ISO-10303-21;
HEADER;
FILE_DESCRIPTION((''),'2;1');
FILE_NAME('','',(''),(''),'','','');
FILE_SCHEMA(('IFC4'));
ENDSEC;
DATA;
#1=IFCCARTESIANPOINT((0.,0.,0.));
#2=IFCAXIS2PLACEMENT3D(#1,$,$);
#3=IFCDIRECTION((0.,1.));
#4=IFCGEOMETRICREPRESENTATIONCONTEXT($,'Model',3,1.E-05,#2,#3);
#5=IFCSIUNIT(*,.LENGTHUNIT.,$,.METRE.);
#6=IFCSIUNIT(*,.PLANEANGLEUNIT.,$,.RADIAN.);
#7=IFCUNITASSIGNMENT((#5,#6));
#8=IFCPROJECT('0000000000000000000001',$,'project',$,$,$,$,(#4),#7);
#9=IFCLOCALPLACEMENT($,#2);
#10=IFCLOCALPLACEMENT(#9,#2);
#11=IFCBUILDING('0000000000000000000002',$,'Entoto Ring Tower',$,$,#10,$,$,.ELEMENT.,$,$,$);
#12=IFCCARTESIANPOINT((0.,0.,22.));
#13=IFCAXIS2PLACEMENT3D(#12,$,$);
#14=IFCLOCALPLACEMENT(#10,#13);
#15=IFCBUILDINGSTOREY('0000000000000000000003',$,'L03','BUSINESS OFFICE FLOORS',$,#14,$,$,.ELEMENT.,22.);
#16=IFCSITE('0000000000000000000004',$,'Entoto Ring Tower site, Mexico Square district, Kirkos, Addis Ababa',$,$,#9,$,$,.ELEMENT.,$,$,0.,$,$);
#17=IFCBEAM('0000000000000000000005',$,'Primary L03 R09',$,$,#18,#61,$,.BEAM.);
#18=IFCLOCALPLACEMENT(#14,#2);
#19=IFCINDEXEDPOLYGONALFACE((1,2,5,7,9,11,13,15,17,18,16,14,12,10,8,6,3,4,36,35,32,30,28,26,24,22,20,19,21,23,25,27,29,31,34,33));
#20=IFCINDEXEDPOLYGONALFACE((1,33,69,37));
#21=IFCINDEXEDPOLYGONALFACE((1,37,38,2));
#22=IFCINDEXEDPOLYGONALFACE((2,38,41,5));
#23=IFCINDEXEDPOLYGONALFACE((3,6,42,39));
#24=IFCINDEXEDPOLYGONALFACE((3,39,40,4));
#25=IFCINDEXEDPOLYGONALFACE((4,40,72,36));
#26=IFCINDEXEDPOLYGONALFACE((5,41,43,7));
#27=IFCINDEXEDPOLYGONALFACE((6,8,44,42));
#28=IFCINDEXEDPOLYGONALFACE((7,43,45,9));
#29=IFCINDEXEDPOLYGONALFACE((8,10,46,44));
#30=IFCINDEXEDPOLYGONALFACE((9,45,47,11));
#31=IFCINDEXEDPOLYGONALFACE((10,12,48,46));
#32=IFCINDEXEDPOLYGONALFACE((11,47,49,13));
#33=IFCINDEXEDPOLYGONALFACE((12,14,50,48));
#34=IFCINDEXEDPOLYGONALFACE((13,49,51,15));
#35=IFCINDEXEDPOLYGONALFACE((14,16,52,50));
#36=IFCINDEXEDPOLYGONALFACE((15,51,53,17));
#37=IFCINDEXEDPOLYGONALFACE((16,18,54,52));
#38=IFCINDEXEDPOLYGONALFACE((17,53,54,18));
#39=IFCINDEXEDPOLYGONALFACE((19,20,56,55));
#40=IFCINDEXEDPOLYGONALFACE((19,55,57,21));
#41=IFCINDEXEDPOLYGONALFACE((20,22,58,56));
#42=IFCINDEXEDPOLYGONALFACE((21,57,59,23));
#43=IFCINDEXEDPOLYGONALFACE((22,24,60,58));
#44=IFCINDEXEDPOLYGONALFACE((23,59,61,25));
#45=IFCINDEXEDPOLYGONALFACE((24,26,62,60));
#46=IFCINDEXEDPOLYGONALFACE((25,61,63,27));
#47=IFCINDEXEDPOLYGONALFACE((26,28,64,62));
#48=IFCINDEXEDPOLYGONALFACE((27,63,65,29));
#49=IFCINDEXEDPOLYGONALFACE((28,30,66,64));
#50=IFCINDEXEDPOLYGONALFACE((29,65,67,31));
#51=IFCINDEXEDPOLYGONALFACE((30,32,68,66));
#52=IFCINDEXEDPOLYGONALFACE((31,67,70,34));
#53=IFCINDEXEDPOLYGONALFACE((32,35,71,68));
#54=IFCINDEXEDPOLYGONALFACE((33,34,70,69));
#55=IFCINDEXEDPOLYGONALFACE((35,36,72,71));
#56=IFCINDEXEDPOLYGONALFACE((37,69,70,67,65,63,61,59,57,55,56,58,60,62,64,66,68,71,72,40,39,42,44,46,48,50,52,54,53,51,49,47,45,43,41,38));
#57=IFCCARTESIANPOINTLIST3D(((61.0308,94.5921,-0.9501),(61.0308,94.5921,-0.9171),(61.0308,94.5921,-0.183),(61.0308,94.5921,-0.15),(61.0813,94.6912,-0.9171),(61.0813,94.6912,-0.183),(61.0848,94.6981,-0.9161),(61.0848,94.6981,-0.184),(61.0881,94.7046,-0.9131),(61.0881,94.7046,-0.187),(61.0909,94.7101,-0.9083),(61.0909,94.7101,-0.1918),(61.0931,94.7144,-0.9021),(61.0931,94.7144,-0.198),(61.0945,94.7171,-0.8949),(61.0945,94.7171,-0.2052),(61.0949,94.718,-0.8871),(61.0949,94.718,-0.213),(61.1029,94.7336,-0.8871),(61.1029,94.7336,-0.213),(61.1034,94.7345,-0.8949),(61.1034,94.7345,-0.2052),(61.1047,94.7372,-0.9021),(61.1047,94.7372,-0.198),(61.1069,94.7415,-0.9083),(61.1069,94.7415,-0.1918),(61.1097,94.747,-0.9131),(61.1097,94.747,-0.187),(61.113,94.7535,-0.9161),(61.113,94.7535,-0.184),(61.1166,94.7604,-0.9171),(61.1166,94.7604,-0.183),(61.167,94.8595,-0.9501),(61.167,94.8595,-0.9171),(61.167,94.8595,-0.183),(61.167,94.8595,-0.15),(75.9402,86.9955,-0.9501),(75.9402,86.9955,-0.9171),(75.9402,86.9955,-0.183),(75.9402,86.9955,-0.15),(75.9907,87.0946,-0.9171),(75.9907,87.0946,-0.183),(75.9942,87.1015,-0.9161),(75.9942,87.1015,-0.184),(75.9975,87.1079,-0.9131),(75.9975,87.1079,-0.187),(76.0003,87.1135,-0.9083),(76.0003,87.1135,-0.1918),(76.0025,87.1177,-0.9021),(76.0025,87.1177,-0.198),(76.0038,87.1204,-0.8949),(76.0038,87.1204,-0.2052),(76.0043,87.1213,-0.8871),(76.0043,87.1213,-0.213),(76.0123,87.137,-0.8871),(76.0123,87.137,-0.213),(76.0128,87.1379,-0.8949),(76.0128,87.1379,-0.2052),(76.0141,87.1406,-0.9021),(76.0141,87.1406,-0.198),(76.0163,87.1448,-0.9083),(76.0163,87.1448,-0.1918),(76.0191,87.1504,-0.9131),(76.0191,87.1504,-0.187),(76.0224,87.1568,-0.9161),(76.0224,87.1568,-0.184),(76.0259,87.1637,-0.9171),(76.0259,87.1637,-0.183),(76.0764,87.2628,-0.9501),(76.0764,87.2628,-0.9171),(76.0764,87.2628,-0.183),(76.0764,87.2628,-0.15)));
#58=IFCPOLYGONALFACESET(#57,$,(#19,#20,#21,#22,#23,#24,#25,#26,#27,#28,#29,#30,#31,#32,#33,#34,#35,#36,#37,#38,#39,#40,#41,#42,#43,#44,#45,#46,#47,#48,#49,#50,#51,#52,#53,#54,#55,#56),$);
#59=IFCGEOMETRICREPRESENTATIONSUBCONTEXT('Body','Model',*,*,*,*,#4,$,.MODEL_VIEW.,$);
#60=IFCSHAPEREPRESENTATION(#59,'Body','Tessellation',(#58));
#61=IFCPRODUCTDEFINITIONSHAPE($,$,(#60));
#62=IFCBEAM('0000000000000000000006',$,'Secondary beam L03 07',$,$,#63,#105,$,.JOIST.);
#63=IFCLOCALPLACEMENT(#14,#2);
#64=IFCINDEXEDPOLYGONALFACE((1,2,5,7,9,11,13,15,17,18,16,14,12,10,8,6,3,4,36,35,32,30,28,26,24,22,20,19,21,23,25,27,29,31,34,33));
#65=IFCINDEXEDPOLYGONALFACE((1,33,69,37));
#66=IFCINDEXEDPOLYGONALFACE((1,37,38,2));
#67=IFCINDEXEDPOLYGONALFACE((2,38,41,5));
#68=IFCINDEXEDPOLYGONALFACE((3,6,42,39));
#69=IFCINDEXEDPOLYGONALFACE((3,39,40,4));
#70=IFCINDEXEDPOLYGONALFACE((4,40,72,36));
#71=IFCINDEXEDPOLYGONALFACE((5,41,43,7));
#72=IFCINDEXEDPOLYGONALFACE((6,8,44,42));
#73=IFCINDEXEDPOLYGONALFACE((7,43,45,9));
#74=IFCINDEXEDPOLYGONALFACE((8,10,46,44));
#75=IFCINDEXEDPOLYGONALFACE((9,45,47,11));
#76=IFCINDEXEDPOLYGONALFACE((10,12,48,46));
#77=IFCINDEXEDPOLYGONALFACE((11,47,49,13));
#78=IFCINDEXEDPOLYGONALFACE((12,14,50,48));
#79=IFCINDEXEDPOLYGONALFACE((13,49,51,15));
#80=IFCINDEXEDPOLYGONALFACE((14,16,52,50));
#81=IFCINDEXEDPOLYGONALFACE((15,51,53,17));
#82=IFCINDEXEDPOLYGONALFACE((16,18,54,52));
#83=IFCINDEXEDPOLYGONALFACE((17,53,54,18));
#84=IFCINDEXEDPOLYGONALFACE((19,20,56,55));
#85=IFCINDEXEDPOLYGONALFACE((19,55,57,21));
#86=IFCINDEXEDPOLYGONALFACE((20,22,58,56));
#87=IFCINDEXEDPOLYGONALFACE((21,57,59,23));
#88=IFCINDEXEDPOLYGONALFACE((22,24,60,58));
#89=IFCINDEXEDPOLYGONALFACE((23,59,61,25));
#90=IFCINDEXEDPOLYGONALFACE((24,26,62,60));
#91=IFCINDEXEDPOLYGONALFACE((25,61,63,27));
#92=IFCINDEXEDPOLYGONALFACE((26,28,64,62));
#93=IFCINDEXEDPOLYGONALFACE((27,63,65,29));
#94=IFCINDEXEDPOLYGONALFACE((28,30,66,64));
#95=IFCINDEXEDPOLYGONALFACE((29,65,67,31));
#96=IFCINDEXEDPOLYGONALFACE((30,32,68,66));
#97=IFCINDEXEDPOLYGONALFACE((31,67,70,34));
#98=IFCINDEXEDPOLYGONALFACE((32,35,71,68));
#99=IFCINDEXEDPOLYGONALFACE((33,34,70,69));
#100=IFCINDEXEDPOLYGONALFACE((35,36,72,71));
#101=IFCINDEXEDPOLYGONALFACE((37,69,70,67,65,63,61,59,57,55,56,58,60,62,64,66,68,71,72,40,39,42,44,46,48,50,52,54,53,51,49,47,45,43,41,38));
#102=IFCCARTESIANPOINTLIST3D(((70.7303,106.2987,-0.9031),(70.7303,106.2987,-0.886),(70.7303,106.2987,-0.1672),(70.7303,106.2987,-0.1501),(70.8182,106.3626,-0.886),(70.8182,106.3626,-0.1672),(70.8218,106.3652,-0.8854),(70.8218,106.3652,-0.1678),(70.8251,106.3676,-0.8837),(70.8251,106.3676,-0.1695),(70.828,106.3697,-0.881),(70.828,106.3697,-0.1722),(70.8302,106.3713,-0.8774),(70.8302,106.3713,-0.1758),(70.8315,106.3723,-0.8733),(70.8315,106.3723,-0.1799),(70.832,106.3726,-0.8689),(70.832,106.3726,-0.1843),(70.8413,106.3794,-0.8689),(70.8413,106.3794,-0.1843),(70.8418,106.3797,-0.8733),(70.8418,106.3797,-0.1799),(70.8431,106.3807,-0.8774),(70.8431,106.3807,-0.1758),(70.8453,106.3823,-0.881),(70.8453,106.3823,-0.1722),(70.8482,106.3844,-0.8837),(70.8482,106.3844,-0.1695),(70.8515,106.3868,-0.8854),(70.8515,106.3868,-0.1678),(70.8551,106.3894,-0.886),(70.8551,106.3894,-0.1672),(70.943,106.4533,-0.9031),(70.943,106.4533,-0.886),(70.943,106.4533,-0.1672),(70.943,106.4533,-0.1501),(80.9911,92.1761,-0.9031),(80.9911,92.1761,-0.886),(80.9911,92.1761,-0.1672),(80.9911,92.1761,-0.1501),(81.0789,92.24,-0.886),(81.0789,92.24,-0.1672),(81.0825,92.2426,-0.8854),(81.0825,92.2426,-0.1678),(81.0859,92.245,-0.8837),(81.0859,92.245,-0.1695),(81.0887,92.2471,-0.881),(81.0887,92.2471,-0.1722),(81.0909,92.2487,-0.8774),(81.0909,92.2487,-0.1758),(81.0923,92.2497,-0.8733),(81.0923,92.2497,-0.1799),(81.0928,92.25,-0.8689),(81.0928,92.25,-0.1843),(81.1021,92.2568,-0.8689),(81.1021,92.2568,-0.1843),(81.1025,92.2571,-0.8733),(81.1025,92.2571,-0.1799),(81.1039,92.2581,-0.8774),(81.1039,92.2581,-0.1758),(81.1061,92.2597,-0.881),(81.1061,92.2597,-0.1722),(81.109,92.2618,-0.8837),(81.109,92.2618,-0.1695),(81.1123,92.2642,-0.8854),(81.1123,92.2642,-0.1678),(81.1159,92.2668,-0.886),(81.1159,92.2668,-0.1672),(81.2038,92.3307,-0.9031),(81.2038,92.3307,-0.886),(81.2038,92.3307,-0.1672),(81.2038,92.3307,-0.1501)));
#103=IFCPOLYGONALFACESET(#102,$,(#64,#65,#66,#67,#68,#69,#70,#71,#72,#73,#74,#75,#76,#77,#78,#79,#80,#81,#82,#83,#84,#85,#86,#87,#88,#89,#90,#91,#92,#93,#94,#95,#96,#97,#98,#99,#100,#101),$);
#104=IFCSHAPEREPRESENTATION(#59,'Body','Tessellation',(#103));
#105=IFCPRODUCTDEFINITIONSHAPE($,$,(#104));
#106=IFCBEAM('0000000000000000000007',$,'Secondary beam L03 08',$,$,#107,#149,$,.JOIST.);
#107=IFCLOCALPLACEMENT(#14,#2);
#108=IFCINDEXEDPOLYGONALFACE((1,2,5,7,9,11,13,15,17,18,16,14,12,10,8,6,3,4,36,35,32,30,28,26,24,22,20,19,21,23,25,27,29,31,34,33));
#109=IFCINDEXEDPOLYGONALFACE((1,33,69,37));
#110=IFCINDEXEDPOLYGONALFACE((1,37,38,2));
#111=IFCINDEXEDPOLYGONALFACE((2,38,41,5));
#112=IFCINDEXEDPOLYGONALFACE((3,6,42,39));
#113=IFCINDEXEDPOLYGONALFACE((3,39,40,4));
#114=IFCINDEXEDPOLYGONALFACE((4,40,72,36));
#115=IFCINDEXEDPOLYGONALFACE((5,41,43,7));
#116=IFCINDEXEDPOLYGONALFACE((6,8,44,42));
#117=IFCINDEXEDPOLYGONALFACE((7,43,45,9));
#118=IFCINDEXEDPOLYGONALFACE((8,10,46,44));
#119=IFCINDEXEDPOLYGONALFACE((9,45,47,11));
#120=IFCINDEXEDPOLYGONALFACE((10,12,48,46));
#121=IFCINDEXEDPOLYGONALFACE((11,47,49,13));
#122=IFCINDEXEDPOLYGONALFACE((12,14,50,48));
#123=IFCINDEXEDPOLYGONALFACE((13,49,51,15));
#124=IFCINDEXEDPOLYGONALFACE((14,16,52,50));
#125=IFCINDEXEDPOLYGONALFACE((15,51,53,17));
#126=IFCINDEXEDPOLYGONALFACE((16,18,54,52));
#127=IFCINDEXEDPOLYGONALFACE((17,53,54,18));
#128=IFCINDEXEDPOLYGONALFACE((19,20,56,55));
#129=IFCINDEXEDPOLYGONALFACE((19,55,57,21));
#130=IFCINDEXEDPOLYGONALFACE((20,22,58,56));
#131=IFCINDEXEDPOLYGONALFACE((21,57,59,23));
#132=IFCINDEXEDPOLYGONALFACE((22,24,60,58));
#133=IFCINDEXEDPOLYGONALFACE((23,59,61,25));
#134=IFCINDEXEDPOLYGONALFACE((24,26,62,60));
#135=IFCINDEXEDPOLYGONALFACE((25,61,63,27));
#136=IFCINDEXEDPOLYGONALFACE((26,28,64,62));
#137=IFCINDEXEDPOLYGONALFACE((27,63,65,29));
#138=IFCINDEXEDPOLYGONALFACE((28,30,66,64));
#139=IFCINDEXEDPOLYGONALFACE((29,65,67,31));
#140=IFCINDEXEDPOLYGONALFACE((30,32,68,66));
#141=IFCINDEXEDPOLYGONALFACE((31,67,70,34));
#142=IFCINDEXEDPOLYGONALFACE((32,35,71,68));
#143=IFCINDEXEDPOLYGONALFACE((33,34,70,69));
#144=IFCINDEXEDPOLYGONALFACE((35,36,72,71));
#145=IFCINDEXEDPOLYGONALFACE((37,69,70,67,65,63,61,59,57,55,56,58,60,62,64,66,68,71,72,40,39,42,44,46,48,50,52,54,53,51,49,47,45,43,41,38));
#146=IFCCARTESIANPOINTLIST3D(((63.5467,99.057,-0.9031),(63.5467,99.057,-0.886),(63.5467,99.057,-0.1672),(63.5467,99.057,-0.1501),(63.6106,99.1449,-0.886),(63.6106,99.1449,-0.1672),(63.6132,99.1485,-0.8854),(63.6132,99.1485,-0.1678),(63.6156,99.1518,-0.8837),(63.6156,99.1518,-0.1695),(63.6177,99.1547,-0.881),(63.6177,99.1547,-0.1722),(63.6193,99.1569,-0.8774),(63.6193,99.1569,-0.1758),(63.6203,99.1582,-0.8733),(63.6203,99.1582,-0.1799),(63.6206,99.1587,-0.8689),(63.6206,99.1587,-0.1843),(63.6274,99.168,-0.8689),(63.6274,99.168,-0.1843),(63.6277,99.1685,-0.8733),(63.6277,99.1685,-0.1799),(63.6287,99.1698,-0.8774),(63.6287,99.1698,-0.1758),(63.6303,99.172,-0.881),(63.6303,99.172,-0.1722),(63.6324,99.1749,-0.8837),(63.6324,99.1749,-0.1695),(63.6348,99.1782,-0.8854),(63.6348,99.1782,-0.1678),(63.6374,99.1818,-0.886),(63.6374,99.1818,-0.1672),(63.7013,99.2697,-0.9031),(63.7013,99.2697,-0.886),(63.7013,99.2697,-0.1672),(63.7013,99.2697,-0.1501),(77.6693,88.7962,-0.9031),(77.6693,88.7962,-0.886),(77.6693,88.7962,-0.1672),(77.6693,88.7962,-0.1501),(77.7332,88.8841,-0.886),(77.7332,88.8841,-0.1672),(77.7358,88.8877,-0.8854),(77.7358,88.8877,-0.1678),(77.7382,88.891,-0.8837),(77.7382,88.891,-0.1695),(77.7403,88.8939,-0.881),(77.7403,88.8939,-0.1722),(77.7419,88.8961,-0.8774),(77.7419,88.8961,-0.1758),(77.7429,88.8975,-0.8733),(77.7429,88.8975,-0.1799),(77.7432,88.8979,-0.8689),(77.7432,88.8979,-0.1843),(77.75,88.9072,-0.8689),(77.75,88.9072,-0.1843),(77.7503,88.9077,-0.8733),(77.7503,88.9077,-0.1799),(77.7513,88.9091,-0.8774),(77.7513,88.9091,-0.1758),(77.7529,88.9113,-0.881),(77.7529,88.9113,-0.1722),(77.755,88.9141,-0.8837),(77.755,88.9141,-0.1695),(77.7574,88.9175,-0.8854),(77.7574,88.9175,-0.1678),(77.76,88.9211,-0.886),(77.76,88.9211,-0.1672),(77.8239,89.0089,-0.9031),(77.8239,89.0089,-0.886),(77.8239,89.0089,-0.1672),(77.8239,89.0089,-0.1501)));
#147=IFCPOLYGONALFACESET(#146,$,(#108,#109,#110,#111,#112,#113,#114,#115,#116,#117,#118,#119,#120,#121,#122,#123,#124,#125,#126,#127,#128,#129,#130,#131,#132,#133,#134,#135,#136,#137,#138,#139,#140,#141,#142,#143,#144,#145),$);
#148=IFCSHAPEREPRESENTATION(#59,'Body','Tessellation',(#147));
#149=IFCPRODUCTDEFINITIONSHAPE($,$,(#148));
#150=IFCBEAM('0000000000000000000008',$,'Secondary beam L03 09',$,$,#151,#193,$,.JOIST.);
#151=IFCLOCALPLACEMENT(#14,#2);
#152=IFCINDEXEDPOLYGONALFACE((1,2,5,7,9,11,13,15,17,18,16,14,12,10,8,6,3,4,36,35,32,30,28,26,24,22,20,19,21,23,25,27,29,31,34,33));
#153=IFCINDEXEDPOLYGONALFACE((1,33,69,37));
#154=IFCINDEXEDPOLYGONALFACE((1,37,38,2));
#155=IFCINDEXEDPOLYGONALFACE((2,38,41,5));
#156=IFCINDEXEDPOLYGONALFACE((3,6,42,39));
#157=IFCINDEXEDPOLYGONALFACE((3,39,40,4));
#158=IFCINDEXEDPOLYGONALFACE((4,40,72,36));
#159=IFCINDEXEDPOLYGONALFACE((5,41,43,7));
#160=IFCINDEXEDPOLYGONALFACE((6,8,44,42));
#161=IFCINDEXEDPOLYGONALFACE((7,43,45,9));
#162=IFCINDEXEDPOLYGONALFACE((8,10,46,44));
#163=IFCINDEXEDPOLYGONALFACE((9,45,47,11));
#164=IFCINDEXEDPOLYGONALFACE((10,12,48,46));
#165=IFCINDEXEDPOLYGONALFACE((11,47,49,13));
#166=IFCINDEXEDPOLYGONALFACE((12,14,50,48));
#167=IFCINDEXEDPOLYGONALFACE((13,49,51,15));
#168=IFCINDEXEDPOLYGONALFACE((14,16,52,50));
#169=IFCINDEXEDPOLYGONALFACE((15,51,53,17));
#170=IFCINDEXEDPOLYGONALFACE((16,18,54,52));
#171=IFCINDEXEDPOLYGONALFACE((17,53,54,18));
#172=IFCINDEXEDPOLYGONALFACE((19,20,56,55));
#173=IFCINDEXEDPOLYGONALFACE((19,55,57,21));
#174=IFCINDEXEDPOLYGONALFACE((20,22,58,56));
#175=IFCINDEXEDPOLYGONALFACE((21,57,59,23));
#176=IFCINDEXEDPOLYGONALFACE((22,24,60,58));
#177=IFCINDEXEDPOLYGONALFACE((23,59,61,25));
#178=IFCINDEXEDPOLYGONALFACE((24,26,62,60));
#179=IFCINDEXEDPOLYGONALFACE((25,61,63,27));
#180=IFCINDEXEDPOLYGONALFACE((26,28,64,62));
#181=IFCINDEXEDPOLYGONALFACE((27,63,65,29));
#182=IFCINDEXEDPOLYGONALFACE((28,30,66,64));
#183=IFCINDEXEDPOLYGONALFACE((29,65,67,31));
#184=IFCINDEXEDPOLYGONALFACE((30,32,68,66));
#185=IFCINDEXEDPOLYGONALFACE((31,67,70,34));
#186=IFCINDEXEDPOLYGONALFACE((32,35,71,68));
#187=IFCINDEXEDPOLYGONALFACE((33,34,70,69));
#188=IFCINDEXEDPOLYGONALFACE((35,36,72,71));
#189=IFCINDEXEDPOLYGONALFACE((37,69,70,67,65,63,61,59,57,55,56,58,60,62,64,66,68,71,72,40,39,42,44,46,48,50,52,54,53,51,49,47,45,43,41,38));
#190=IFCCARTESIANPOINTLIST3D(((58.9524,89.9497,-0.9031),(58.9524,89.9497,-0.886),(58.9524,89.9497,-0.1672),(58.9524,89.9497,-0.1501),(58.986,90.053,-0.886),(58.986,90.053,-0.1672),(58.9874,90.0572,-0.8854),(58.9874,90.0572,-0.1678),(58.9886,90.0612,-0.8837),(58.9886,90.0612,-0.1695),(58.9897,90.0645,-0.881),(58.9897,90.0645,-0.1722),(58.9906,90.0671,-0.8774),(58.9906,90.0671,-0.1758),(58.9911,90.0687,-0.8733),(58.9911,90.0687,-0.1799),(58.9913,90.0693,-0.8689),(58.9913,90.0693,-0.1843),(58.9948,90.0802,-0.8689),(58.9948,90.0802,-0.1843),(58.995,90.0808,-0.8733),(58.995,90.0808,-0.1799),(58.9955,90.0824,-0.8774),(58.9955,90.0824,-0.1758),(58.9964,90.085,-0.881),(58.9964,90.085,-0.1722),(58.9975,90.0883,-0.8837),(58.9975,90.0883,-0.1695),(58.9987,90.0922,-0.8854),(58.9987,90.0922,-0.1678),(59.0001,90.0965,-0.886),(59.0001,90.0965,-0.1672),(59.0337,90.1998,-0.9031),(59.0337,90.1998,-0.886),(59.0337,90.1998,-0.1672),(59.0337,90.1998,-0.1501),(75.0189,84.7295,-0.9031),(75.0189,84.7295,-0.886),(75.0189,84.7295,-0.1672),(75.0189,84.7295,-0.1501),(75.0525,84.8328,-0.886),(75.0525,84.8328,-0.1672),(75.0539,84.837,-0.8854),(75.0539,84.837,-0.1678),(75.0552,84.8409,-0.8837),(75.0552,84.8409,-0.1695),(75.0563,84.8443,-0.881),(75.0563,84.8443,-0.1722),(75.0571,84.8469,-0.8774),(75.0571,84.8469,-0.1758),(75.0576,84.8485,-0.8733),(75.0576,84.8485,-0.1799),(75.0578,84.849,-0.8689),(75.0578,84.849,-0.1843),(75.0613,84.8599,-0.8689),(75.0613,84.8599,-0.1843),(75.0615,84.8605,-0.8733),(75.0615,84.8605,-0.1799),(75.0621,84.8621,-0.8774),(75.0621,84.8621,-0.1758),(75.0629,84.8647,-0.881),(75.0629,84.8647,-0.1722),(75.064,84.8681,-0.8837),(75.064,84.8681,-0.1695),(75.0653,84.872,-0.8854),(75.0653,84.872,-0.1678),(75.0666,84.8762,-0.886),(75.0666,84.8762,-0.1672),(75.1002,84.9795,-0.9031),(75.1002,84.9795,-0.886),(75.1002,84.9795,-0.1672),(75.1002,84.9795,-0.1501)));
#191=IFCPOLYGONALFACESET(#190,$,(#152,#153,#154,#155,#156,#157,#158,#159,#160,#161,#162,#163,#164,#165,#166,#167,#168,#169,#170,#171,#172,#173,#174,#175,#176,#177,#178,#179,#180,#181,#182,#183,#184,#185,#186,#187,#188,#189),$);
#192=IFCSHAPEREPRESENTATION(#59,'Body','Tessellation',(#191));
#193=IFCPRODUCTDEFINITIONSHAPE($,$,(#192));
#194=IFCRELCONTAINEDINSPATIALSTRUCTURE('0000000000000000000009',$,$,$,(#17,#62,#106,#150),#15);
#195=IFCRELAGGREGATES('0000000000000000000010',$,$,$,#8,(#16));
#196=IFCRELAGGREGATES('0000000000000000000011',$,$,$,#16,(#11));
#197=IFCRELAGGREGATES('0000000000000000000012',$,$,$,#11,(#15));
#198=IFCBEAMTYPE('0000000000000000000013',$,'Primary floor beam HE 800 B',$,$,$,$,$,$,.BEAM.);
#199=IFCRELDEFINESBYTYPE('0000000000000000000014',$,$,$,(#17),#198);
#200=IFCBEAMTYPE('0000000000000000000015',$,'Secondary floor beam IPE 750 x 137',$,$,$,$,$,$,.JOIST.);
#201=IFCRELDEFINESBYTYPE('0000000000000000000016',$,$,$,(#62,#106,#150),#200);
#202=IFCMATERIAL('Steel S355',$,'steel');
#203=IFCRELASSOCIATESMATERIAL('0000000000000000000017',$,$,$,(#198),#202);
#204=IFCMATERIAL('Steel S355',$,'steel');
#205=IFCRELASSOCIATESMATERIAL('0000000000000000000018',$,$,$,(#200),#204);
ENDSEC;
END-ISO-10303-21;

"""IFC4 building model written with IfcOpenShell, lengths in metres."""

from ifc_helpers import new_model, si_unit, direction, frame, origin, origin_2d, place, context, subcontext, project, spatial, i_section, extrude, material, material_profile, profile_set, type_object, element, save


model = new_model("IFC4")

# Units and contexts
model_context = context("Model", 3, precision=1e-05, world=origin(), true_north=direction((0.0, 1.0)))
body_context = subcontext(model_context, "Body", "Model", "MODEL_VIEW")
ifc_project = project(units=[si_unit("LENGTHUNIT", "METRE"), si_unit("PLANEANGLEUNIT", "RADIAN")], contexts=[model_context])

# Site, building, storey
site_placement = place(None, origin())
site = spatial("IfcSite", under=ifc_project, at=site_placement, Name="Entoto Ring Tower site, Mexico Square district, Kirkos, Addis Ababa", CompositionType="ELEMENT", RefElevation=0.0)
building_placement = place(site_placement, origin())
building = spatial("IfcBuilding", under=site, at=building_placement, Name="Entoto Ring Tower", CompositionType="ELEMENT")
storey_placement = place(building_placement, frame((0.0, 0.0, 22.0)))
storey = spatial("IfcBuildingStorey", under=building, at=storey_placement, Name="L03", Description="BUSINESS OFFICE FLOORS", CompositionType="ELEMENT", Elevation=22.0)

# Beams
ifc_material_1 = material(Name="Steel S355", Category="steel")
ifc_material_profile_1 = material_profile(ifc_material_1, i_section(OverallWidth=0.3, OverallDepth=0.8, WebThickness=0.0176, FlangeThickness=0.033, FilletRadius=0.03, at=origin_2d()), Name="HE 800 B")
ifc_profile_set_1 = profile_set([ifc_material_profile_1], Name="Steel S355")
beam_type_1 = type_object("IfcBeamType", Name="Primary floor beam HE 800 B", PredefinedType="BEAM", material=ifc_profile_set_1)
beam_1_placement = place(storey_placement, frame((76.0083, 87.1292, -0.55), z_axis=(-0.891008, 0.453988, 0.0), x_axis=(-0.453988, -0.891008, 0.0)))
element("IfcBeam", 1, at=beam_1_placement, inside=storey, type_object=beam_type_1, Name="Primary L03 R09", PredefinedType="BEAM", context=body_context, shape_type="SweptSolid", body=[
    extrude(i_section(OverallWidth=0.3, OverallDepth=0.8, WebThickness=0.0176, FlangeThickness=0.033, FilletRadius=0.03, at=origin_2d()), origin(), (0.0, 0.0, 1.0), 16.7332),
])
ifc_material_2 = material(Name="Steel S355", Category="steel")
ifc_material_profile_2 = material_profile(ifc_material_2, i_section(OverallWidth=0.2629, OverallDepth=0.7529, WebThickness=0.0115, FlangeThickness=0.0171, FilletRadius=0.0171, at=origin_2d()), Name="IPE 750 x 137")
ifc_profile_set_2 = profile_set([ifc_material_profile_2], Name="Steel S355")
beam_type_2 = type_object("IfcBeamType", Name="Secondary floor beam IPE 750 x 137", PredefinedType="JOIST", material=ifc_profile_set_2)
for number, where, z_axis, x_axis, name in (
    (2, (81.0974, 92.2534, -0.5266), (-0.587789, 0.809014, 0.0), (-0.809014, -0.587789, 0.0), "Secondary beam L03 07"),
    (3, (77.7466, 88.9026, -0.5266), (-0.809014, 0.587789, 0.0), (-0.587789, -0.809014, 0.0), "Secondary beam L03 08"),
):
    element("IfcBeam", number, at=place(storey_placement, frame(where, z_axis=z_axis, x_axis=x_axis)), inside=storey, type_object=beam_type_2, Name=name, PredefinedType="JOIST", context=body_context, shape_type="SweptSolid", body=[
        extrude(i_section(OverallWidth=0.2629, OverallDepth=0.7529, WebThickness=0.0115, FlangeThickness=0.0171, FilletRadius=0.0171, at=origin_2d()), origin(), (0.0, 0.0, 1.0), 17.4565),
    ])
beam_2_placement = place(storey_placement, frame((75.0596, 84.8545, -0.5266), z_axis=(-0.951058, 0.309013, 0.0), x_axis=(-0.309013, -0.951058, 0.0)))
element("IfcBeam", 4, at=beam_2_placement, inside=storey, type_object=beam_type_2, Name="Secondary beam L03 09", PredefinedType="JOIST", context=body_context, shape_type="SweptSolid", body=[
    extrude(i_section(OverallWidth=0.2629, OverallDepth=0.7529, WebThickness=0.0115, FlangeThickness=0.0171, FilletRadius=0.0171, at=origin_2d()), origin(), (0.0, 0.0, 1.0), 16.8933),
])

save(model, "model.ifc")
